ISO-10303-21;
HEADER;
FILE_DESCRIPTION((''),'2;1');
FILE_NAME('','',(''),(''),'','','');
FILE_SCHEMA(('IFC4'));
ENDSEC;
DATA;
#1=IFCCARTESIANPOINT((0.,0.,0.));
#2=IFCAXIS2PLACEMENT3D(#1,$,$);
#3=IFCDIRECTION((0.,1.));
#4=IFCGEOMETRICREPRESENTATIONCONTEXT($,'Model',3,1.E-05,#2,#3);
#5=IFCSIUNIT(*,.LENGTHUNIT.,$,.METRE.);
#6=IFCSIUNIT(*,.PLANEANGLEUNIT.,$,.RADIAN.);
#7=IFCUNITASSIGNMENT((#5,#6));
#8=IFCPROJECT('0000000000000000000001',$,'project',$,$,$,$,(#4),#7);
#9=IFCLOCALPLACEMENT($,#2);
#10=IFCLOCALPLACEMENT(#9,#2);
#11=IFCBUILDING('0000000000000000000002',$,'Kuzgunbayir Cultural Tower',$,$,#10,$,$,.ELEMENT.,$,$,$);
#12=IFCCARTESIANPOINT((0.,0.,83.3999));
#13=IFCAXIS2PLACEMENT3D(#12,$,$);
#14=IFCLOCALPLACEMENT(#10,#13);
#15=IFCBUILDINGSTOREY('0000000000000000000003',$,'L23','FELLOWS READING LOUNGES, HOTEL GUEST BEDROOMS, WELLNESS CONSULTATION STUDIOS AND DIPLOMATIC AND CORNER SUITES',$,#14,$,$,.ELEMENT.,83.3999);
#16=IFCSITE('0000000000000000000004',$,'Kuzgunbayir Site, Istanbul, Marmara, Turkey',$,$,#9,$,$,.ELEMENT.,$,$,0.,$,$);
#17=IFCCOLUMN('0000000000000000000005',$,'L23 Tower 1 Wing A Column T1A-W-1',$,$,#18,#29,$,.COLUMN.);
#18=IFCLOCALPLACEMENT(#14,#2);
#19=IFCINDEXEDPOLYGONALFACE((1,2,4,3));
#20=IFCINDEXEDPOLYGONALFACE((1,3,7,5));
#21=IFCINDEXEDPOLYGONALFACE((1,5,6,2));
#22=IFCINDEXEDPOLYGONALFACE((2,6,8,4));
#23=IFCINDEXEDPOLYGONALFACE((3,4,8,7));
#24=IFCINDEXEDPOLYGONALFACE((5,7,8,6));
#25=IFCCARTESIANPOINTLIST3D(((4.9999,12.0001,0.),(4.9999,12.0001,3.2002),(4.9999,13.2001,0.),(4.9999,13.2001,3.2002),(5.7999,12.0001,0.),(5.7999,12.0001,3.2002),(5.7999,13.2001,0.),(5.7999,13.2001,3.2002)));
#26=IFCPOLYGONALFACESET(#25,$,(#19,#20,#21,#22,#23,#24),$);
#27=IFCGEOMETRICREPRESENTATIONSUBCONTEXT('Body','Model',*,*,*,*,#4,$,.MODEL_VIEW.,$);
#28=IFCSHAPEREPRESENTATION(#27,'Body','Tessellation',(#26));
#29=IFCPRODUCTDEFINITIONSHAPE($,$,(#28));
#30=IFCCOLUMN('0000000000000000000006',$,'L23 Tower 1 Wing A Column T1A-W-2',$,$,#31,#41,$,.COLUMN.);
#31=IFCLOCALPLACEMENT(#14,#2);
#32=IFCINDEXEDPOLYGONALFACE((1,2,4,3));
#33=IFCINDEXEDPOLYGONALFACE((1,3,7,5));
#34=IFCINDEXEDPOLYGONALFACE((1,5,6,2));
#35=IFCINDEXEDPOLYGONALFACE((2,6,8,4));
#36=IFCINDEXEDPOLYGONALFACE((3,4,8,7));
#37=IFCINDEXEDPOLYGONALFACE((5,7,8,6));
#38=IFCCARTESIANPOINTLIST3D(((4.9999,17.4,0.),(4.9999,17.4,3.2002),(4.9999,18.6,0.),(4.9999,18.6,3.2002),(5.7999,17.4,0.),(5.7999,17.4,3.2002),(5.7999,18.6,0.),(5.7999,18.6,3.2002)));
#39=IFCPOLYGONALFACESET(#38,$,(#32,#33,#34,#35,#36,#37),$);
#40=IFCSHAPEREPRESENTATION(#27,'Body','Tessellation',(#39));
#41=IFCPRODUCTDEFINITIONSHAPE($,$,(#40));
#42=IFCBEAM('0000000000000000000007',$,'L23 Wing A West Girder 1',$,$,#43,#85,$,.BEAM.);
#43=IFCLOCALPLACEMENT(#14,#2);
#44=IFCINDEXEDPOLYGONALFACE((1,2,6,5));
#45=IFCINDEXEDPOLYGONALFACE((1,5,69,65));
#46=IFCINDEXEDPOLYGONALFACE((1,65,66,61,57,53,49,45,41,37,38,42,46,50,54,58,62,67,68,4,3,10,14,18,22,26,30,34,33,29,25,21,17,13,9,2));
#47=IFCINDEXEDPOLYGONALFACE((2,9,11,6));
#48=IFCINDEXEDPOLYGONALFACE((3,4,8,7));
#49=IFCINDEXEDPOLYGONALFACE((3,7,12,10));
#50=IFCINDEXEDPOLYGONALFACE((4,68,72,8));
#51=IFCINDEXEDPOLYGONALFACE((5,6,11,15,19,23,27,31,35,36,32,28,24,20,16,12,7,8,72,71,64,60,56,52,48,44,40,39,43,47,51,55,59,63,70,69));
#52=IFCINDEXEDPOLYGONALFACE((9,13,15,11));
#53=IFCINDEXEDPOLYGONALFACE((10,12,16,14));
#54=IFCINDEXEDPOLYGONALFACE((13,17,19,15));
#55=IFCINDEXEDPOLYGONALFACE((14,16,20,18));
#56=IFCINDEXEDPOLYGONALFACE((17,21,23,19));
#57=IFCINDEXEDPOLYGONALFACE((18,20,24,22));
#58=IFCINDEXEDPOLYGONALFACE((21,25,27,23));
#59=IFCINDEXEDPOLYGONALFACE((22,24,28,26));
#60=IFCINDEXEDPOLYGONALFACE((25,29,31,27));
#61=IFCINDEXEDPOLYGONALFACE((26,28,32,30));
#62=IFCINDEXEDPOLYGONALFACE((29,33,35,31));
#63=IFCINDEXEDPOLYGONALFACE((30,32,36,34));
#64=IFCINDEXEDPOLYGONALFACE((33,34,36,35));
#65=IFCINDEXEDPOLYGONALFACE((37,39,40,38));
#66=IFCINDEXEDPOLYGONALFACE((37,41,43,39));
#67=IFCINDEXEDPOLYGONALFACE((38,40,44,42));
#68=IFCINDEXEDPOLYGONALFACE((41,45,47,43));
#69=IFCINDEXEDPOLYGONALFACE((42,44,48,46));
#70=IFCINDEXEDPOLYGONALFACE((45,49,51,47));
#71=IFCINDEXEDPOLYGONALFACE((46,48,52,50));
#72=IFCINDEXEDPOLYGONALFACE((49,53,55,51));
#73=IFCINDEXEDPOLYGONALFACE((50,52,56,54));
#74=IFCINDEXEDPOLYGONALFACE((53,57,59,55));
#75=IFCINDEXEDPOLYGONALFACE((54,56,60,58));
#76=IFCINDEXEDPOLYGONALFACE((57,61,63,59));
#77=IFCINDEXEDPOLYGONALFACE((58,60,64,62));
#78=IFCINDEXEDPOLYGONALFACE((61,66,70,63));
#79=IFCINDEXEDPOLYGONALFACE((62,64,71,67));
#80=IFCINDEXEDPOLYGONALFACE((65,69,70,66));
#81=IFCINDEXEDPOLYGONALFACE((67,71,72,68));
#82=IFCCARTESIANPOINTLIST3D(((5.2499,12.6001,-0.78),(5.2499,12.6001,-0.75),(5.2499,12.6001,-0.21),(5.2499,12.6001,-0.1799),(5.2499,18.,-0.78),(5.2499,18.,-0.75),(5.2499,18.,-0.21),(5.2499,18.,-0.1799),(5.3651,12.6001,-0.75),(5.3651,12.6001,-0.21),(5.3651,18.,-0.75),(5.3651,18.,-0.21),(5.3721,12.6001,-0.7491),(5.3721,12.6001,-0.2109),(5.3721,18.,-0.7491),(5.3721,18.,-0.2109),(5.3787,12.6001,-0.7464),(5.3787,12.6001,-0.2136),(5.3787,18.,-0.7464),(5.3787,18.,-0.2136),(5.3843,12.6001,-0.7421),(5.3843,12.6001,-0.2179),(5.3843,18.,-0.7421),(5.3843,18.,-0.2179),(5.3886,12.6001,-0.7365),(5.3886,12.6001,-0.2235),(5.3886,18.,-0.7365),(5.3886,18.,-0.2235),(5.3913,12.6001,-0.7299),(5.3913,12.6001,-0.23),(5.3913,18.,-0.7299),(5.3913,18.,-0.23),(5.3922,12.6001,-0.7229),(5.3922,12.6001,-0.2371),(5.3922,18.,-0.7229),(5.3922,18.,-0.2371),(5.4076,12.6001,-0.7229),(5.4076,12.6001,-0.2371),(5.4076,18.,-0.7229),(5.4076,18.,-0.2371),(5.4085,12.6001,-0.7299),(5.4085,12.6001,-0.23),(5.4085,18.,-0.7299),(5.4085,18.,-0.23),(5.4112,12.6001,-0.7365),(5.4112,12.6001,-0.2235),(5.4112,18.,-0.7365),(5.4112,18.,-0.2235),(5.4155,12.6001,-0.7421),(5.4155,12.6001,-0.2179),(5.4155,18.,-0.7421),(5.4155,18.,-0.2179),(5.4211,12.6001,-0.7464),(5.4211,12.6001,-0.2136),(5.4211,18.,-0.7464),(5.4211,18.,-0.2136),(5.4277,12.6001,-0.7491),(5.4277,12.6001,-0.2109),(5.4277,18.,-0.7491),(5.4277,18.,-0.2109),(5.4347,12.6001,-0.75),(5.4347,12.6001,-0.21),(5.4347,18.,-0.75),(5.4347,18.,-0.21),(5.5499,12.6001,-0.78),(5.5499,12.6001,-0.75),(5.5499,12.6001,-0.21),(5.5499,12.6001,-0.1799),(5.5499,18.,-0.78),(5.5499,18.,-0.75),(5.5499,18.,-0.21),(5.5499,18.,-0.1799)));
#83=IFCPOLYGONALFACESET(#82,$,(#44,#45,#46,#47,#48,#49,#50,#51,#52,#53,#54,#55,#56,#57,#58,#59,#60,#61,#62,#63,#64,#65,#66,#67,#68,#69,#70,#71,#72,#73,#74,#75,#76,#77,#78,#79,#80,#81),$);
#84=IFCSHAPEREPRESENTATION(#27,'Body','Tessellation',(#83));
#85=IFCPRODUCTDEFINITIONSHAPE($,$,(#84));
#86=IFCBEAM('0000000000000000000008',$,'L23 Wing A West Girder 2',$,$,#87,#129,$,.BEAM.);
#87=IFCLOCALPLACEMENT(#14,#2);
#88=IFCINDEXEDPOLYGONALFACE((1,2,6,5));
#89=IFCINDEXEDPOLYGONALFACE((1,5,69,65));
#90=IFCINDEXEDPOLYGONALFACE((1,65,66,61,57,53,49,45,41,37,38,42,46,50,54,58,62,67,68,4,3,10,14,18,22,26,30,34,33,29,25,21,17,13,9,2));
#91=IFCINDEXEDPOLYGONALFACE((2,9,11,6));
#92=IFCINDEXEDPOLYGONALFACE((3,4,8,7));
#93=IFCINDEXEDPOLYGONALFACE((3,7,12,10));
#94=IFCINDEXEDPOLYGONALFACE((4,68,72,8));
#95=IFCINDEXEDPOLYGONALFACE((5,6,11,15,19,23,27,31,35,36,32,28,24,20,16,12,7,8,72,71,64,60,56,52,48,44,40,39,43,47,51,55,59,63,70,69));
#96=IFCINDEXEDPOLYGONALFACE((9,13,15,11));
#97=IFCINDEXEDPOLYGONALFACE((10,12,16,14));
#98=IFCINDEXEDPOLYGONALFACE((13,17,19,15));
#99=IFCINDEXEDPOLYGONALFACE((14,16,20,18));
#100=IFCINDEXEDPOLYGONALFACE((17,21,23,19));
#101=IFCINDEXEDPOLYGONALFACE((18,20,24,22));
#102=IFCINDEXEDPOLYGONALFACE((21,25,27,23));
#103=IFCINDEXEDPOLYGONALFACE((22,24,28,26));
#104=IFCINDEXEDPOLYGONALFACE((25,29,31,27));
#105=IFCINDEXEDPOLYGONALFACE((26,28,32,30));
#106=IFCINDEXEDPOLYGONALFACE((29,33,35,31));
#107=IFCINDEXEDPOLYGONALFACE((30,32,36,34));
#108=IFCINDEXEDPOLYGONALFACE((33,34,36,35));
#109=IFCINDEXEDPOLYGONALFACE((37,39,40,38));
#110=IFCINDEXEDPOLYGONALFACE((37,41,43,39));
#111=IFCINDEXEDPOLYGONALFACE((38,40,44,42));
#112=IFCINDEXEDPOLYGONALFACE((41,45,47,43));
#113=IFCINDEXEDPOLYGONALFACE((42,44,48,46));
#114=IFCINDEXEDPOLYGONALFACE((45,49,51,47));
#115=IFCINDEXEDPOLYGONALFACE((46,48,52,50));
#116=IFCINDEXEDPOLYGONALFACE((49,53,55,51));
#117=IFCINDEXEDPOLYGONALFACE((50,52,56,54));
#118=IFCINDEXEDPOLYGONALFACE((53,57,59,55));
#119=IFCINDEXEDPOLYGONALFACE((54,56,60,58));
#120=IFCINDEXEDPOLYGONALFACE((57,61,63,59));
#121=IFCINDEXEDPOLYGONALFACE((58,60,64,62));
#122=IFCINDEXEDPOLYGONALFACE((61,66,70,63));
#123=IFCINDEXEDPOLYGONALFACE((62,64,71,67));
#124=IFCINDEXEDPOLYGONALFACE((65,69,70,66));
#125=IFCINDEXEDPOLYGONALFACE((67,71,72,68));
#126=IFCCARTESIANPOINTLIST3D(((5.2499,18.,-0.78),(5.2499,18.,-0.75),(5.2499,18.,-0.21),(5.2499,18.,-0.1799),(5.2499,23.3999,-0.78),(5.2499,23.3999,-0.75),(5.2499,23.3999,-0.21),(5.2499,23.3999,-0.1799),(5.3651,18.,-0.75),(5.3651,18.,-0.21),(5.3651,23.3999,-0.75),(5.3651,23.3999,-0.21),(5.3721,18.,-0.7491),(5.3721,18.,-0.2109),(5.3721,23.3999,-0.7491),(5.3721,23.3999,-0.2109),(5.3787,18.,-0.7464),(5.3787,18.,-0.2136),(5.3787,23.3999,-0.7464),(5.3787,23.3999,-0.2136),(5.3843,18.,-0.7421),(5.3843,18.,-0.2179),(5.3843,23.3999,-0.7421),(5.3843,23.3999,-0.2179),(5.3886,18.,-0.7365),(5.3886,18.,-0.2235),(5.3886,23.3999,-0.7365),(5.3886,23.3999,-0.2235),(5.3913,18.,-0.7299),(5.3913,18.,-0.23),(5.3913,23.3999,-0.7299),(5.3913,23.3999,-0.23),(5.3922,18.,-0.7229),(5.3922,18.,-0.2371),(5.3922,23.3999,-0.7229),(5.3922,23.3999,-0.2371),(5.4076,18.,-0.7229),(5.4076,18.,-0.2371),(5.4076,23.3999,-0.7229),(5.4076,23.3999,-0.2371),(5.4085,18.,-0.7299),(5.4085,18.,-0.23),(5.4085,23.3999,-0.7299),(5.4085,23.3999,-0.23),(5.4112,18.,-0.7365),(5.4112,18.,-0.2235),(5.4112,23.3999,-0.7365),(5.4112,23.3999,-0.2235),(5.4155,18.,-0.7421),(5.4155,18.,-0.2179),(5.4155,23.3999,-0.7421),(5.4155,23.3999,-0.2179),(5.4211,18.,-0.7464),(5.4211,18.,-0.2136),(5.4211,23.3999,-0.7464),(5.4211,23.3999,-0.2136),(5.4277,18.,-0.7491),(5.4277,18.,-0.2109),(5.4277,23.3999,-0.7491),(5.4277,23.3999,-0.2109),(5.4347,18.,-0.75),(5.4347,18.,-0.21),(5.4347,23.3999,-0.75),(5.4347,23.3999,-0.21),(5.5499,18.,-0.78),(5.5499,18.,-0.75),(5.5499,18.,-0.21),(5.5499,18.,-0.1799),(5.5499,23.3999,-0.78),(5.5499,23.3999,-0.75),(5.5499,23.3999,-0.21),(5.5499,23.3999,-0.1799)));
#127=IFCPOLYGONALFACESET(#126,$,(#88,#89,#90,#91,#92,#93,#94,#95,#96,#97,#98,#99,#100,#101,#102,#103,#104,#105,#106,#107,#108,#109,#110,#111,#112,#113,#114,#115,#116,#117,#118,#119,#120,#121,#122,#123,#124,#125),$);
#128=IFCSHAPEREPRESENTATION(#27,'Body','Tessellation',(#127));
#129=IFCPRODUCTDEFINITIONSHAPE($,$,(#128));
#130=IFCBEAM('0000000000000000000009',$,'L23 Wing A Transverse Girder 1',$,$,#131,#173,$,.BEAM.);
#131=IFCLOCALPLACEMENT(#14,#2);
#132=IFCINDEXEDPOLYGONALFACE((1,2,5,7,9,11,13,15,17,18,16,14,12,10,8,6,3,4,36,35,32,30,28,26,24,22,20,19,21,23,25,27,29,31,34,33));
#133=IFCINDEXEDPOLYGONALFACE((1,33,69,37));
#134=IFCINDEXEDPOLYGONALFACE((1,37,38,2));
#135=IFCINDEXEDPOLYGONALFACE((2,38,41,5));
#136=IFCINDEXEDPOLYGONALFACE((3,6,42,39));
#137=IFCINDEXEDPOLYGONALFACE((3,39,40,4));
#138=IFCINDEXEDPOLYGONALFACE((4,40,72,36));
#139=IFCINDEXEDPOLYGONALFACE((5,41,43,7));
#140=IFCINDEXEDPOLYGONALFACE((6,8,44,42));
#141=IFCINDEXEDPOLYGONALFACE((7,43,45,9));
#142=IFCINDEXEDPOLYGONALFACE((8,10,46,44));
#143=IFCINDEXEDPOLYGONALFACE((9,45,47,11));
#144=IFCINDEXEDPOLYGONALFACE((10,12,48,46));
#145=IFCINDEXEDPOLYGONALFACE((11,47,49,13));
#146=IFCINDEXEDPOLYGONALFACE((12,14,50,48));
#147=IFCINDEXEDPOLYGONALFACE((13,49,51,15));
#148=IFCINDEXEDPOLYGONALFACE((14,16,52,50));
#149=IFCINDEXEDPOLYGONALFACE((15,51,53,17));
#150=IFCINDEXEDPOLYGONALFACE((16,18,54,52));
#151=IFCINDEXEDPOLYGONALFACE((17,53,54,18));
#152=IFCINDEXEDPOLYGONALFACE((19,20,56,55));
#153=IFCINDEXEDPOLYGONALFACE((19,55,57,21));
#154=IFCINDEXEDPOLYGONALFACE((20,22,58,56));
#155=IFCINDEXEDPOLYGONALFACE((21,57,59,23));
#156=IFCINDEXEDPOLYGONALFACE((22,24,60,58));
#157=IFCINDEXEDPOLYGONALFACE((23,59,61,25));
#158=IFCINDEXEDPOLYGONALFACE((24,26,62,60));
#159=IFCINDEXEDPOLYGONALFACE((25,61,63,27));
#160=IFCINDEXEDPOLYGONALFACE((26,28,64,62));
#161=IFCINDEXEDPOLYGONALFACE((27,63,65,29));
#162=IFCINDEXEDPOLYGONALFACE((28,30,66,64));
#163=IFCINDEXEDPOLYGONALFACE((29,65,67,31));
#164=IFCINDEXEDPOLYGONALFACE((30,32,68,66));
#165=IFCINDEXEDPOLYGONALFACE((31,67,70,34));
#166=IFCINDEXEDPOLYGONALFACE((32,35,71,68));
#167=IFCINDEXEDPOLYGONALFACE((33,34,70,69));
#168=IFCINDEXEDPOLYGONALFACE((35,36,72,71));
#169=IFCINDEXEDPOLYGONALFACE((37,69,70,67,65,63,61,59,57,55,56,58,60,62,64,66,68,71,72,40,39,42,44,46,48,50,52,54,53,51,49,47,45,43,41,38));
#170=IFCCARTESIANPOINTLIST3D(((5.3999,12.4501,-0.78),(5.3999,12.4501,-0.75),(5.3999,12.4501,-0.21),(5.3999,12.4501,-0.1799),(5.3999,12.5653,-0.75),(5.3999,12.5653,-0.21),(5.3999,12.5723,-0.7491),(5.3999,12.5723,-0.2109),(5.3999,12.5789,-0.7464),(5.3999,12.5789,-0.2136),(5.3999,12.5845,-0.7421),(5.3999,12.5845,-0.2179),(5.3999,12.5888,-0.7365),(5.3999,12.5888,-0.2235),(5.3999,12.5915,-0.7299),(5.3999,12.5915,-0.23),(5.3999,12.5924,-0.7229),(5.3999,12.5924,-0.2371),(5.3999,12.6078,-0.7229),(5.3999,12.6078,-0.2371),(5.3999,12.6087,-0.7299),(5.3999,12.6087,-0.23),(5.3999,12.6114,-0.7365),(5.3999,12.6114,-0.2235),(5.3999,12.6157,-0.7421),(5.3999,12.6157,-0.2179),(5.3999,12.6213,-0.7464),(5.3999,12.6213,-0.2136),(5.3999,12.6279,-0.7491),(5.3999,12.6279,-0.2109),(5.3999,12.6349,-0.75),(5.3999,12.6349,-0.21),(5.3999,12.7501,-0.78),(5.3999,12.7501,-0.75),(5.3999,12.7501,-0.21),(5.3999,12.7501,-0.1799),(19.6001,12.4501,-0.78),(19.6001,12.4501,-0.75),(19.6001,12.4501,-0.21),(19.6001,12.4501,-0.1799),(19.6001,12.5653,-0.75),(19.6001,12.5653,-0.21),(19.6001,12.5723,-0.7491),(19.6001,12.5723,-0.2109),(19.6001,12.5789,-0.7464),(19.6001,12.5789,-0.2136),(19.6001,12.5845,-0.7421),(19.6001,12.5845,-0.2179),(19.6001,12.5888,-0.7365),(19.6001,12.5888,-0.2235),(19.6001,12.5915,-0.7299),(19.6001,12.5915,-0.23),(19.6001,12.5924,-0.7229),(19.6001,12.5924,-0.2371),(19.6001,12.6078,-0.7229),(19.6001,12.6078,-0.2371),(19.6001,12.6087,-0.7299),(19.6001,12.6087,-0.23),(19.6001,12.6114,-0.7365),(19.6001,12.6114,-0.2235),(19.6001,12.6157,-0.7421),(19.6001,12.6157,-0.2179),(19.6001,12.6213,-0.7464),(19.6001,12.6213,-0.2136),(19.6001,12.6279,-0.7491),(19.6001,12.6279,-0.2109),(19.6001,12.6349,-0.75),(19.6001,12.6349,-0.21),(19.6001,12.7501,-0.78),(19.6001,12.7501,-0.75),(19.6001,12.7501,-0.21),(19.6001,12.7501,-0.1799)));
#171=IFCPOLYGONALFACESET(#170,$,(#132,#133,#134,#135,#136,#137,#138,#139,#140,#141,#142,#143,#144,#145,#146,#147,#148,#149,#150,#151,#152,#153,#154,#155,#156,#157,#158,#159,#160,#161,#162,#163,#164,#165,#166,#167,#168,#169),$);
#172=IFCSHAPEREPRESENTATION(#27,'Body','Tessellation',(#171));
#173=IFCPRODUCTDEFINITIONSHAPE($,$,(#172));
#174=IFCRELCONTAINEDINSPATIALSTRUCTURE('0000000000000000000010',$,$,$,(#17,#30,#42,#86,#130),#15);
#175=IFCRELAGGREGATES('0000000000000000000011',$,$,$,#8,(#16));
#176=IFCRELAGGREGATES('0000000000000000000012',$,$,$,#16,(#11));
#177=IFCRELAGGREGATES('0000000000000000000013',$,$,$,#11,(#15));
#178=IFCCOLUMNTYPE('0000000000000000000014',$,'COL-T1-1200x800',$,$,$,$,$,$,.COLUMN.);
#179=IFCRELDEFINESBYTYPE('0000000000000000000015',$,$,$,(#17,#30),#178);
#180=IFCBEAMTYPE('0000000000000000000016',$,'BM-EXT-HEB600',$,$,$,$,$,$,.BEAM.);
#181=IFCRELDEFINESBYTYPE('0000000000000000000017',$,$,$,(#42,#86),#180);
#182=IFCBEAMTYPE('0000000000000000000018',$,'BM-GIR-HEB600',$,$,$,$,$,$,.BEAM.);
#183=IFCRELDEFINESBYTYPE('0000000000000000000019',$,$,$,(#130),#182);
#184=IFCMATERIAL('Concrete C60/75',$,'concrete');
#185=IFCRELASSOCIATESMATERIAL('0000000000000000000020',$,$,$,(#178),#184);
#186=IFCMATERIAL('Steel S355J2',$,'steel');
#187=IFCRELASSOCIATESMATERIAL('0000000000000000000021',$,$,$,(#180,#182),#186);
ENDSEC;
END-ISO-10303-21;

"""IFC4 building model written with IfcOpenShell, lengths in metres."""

from ifc_helpers import new_model, si_unit, direction, frame, origin, origin_2d, place, context, subcontext, project, spatial, rectangle, i_section, extrude, material, material_profile, profile_set, type_object, element, save


model = new_model("IFC4")

# Units and contexts
model_context = context("Model", 3, precision=1e-05, world=origin(), true_north=direction((0.0, 1.0)))
body_context = subcontext(model_context, "Body", "Model", "MODEL_VIEW")
ifc_project = project(units=[si_unit("LENGTHUNIT", "METRE"), si_unit("PLANEANGLEUNIT", "RADIAN")], contexts=[model_context])

# Site, building, storey
site_placement = place(None, origin())
site = spatial("IfcSite", under=ifc_project, at=site_placement, Name="Kuzgunbayir Site, Istanbul, Marmara, Turkey", CompositionType="ELEMENT", RefElevation=0.0)
building_placement = place(site_placement, origin())
building = spatial("IfcBuilding", under=site, at=building_placement, Name="Kuzgunbayir Cultural Tower", CompositionType="ELEMENT")
storey_placement = place(building_placement, frame((0.0, 0.0, 83.3999)))
storey = spatial("IfcBuildingStorey", under=building, at=storey_placement, Name="L23", Description="FELLOWS READING LOUNGES, HOTEL GUEST BEDROOMS, WELLNESS CONSULTATION STUDIOS AND DIPLOMATIC AND CORNER SUITES", CompositionType="ELEMENT", Elevation=83.3999)

# Columns
ifc_material_1 = material(Name="Concrete C60/75", Category="concrete")
ifc_material_profile_1 = material_profile(ifc_material_1, rectangle(XDim=0.8, YDim=1.2, at=origin_2d()), Name="RC 1200x800")
ifc_profile_set_1 = profile_set([ifc_material_profile_1], Name="Concrete C60/75")
column_type = type_object("IfcColumnType", Name="COL-T1-1200x800", PredefinedType="COLUMN", material=ifc_profile_set_1)
for number, where, z_axis, x_axis, name in (
    (1, (5.3999, 12.6001, 0.0), (0.0, 0.0, 1.0), (1.0, 0.0, 0.0), "L23 Tower 1 Wing A Column T1A-W-1"),
    (2, (5.3999, 18.0, 0.0), (0.0, 0.0, 1.0), (1.0, 0.0, 0.0), "L23 Tower 1 Wing A Column T1A-W-2"),
):
    element("IfcColumn", number, at=place(storey_placement, frame(where, z_axis=z_axis, x_axis=x_axis)), inside=storey, type_object=column_type, Name=name, PredefinedType="COLUMN", context=body_context, shape_type="SweptSolid", body=[
        extrude(rectangle(XDim=0.8, YDim=1.2, at=origin_2d()), origin(), (0.0, 0.0, 1.0), 3.2002),
    ])

# Beams
ifc_material_2 = material(Name="Steel S355J2", Category="steel")
ifc_material_profile_2 = material_profile(ifc_material_2, i_section(OverallWidth=0.3, OverallDepth=0.6001, WebThickness=0.0154, FlangeThickness=0.03, FilletRadius=0.0271, at=origin_2d()), Name="HEB 600")
ifc_profile_set_2 = profile_set([ifc_material_profile_2], Name="Steel S355J2")
beam_type_1 = type_object("IfcBeamType", Name="BM-EXT-HEB600", PredefinedType="BEAM", material=ifc_profile_set_2)
for number, where, z_axis, x_axis, name in (
    (3, (5.3999, 12.6001, -0.48), (0.0, 1.0, 0.0), (-1.0, 0.0, 0.0), "L23 Wing A West Girder 1"),
    (4, (5.3999, 18.0, -0.48), (0.0, 1.0, 0.0), (-1.0, 0.0, 0.0), "L23 Wing A West Girder 2"),
):
    element("IfcBeam", number, at=place(storey_placement, frame(where, z_axis=z_axis, x_axis=x_axis)), inside=storey, type_object=beam_type_1, Name=name, PredefinedType="BEAM", context=body_context, shape_type="SweptSolid", body=[
        extrude(i_section(OverallWidth=0.3, OverallDepth=0.6001, WebThickness=0.0154, FlangeThickness=0.03, FilletRadius=0.0271, at=origin_2d()), origin(), (0.0, 0.0, 1.0), 5.3999),
    ])
ifc_material_profile_3 = material_profile(ifc_material_2, i_section(OverallWidth=0.3, OverallDepth=0.6001, WebThickness=0.0154, FlangeThickness=0.03, FilletRadius=0.0271, at=origin_2d()), Name="HEB 600")
ifc_profile_set_3 = profile_set([ifc_material_profile_3], Name="Steel S355J2")
beam_type_2 = type_object("IfcBeamType", Name="BM-GIR-HEB600", PredefinedType="BEAM", material=ifc_profile_set_3)
for number, where, z_axis, x_axis, name in (
    (5, (5.3999, 12.6001, -0.48), (1.0, 0.0, 0.0), (0.0, 1.0, 0.0), "L23 Wing A Transverse Girder 1"),
):
    element("IfcBeam", number, at=place(storey_placement, frame(where, z_axis=z_axis, x_axis=x_axis)), inside=storey, type_object=beam_type_2, Name=name, PredefinedType="BEAM", context=body_context, shape_type="SweptSolid", body=[
        extrude(i_section(OverallWidth=0.3, OverallDepth=0.6001, WebThickness=0.0154, FlangeThickness=0.03, FilletRadius=0.0271, at=origin_2d()), origin(), (0.0, 0.0, 1.0), 14.2002),
    ])

save(model, "model.ifc")
